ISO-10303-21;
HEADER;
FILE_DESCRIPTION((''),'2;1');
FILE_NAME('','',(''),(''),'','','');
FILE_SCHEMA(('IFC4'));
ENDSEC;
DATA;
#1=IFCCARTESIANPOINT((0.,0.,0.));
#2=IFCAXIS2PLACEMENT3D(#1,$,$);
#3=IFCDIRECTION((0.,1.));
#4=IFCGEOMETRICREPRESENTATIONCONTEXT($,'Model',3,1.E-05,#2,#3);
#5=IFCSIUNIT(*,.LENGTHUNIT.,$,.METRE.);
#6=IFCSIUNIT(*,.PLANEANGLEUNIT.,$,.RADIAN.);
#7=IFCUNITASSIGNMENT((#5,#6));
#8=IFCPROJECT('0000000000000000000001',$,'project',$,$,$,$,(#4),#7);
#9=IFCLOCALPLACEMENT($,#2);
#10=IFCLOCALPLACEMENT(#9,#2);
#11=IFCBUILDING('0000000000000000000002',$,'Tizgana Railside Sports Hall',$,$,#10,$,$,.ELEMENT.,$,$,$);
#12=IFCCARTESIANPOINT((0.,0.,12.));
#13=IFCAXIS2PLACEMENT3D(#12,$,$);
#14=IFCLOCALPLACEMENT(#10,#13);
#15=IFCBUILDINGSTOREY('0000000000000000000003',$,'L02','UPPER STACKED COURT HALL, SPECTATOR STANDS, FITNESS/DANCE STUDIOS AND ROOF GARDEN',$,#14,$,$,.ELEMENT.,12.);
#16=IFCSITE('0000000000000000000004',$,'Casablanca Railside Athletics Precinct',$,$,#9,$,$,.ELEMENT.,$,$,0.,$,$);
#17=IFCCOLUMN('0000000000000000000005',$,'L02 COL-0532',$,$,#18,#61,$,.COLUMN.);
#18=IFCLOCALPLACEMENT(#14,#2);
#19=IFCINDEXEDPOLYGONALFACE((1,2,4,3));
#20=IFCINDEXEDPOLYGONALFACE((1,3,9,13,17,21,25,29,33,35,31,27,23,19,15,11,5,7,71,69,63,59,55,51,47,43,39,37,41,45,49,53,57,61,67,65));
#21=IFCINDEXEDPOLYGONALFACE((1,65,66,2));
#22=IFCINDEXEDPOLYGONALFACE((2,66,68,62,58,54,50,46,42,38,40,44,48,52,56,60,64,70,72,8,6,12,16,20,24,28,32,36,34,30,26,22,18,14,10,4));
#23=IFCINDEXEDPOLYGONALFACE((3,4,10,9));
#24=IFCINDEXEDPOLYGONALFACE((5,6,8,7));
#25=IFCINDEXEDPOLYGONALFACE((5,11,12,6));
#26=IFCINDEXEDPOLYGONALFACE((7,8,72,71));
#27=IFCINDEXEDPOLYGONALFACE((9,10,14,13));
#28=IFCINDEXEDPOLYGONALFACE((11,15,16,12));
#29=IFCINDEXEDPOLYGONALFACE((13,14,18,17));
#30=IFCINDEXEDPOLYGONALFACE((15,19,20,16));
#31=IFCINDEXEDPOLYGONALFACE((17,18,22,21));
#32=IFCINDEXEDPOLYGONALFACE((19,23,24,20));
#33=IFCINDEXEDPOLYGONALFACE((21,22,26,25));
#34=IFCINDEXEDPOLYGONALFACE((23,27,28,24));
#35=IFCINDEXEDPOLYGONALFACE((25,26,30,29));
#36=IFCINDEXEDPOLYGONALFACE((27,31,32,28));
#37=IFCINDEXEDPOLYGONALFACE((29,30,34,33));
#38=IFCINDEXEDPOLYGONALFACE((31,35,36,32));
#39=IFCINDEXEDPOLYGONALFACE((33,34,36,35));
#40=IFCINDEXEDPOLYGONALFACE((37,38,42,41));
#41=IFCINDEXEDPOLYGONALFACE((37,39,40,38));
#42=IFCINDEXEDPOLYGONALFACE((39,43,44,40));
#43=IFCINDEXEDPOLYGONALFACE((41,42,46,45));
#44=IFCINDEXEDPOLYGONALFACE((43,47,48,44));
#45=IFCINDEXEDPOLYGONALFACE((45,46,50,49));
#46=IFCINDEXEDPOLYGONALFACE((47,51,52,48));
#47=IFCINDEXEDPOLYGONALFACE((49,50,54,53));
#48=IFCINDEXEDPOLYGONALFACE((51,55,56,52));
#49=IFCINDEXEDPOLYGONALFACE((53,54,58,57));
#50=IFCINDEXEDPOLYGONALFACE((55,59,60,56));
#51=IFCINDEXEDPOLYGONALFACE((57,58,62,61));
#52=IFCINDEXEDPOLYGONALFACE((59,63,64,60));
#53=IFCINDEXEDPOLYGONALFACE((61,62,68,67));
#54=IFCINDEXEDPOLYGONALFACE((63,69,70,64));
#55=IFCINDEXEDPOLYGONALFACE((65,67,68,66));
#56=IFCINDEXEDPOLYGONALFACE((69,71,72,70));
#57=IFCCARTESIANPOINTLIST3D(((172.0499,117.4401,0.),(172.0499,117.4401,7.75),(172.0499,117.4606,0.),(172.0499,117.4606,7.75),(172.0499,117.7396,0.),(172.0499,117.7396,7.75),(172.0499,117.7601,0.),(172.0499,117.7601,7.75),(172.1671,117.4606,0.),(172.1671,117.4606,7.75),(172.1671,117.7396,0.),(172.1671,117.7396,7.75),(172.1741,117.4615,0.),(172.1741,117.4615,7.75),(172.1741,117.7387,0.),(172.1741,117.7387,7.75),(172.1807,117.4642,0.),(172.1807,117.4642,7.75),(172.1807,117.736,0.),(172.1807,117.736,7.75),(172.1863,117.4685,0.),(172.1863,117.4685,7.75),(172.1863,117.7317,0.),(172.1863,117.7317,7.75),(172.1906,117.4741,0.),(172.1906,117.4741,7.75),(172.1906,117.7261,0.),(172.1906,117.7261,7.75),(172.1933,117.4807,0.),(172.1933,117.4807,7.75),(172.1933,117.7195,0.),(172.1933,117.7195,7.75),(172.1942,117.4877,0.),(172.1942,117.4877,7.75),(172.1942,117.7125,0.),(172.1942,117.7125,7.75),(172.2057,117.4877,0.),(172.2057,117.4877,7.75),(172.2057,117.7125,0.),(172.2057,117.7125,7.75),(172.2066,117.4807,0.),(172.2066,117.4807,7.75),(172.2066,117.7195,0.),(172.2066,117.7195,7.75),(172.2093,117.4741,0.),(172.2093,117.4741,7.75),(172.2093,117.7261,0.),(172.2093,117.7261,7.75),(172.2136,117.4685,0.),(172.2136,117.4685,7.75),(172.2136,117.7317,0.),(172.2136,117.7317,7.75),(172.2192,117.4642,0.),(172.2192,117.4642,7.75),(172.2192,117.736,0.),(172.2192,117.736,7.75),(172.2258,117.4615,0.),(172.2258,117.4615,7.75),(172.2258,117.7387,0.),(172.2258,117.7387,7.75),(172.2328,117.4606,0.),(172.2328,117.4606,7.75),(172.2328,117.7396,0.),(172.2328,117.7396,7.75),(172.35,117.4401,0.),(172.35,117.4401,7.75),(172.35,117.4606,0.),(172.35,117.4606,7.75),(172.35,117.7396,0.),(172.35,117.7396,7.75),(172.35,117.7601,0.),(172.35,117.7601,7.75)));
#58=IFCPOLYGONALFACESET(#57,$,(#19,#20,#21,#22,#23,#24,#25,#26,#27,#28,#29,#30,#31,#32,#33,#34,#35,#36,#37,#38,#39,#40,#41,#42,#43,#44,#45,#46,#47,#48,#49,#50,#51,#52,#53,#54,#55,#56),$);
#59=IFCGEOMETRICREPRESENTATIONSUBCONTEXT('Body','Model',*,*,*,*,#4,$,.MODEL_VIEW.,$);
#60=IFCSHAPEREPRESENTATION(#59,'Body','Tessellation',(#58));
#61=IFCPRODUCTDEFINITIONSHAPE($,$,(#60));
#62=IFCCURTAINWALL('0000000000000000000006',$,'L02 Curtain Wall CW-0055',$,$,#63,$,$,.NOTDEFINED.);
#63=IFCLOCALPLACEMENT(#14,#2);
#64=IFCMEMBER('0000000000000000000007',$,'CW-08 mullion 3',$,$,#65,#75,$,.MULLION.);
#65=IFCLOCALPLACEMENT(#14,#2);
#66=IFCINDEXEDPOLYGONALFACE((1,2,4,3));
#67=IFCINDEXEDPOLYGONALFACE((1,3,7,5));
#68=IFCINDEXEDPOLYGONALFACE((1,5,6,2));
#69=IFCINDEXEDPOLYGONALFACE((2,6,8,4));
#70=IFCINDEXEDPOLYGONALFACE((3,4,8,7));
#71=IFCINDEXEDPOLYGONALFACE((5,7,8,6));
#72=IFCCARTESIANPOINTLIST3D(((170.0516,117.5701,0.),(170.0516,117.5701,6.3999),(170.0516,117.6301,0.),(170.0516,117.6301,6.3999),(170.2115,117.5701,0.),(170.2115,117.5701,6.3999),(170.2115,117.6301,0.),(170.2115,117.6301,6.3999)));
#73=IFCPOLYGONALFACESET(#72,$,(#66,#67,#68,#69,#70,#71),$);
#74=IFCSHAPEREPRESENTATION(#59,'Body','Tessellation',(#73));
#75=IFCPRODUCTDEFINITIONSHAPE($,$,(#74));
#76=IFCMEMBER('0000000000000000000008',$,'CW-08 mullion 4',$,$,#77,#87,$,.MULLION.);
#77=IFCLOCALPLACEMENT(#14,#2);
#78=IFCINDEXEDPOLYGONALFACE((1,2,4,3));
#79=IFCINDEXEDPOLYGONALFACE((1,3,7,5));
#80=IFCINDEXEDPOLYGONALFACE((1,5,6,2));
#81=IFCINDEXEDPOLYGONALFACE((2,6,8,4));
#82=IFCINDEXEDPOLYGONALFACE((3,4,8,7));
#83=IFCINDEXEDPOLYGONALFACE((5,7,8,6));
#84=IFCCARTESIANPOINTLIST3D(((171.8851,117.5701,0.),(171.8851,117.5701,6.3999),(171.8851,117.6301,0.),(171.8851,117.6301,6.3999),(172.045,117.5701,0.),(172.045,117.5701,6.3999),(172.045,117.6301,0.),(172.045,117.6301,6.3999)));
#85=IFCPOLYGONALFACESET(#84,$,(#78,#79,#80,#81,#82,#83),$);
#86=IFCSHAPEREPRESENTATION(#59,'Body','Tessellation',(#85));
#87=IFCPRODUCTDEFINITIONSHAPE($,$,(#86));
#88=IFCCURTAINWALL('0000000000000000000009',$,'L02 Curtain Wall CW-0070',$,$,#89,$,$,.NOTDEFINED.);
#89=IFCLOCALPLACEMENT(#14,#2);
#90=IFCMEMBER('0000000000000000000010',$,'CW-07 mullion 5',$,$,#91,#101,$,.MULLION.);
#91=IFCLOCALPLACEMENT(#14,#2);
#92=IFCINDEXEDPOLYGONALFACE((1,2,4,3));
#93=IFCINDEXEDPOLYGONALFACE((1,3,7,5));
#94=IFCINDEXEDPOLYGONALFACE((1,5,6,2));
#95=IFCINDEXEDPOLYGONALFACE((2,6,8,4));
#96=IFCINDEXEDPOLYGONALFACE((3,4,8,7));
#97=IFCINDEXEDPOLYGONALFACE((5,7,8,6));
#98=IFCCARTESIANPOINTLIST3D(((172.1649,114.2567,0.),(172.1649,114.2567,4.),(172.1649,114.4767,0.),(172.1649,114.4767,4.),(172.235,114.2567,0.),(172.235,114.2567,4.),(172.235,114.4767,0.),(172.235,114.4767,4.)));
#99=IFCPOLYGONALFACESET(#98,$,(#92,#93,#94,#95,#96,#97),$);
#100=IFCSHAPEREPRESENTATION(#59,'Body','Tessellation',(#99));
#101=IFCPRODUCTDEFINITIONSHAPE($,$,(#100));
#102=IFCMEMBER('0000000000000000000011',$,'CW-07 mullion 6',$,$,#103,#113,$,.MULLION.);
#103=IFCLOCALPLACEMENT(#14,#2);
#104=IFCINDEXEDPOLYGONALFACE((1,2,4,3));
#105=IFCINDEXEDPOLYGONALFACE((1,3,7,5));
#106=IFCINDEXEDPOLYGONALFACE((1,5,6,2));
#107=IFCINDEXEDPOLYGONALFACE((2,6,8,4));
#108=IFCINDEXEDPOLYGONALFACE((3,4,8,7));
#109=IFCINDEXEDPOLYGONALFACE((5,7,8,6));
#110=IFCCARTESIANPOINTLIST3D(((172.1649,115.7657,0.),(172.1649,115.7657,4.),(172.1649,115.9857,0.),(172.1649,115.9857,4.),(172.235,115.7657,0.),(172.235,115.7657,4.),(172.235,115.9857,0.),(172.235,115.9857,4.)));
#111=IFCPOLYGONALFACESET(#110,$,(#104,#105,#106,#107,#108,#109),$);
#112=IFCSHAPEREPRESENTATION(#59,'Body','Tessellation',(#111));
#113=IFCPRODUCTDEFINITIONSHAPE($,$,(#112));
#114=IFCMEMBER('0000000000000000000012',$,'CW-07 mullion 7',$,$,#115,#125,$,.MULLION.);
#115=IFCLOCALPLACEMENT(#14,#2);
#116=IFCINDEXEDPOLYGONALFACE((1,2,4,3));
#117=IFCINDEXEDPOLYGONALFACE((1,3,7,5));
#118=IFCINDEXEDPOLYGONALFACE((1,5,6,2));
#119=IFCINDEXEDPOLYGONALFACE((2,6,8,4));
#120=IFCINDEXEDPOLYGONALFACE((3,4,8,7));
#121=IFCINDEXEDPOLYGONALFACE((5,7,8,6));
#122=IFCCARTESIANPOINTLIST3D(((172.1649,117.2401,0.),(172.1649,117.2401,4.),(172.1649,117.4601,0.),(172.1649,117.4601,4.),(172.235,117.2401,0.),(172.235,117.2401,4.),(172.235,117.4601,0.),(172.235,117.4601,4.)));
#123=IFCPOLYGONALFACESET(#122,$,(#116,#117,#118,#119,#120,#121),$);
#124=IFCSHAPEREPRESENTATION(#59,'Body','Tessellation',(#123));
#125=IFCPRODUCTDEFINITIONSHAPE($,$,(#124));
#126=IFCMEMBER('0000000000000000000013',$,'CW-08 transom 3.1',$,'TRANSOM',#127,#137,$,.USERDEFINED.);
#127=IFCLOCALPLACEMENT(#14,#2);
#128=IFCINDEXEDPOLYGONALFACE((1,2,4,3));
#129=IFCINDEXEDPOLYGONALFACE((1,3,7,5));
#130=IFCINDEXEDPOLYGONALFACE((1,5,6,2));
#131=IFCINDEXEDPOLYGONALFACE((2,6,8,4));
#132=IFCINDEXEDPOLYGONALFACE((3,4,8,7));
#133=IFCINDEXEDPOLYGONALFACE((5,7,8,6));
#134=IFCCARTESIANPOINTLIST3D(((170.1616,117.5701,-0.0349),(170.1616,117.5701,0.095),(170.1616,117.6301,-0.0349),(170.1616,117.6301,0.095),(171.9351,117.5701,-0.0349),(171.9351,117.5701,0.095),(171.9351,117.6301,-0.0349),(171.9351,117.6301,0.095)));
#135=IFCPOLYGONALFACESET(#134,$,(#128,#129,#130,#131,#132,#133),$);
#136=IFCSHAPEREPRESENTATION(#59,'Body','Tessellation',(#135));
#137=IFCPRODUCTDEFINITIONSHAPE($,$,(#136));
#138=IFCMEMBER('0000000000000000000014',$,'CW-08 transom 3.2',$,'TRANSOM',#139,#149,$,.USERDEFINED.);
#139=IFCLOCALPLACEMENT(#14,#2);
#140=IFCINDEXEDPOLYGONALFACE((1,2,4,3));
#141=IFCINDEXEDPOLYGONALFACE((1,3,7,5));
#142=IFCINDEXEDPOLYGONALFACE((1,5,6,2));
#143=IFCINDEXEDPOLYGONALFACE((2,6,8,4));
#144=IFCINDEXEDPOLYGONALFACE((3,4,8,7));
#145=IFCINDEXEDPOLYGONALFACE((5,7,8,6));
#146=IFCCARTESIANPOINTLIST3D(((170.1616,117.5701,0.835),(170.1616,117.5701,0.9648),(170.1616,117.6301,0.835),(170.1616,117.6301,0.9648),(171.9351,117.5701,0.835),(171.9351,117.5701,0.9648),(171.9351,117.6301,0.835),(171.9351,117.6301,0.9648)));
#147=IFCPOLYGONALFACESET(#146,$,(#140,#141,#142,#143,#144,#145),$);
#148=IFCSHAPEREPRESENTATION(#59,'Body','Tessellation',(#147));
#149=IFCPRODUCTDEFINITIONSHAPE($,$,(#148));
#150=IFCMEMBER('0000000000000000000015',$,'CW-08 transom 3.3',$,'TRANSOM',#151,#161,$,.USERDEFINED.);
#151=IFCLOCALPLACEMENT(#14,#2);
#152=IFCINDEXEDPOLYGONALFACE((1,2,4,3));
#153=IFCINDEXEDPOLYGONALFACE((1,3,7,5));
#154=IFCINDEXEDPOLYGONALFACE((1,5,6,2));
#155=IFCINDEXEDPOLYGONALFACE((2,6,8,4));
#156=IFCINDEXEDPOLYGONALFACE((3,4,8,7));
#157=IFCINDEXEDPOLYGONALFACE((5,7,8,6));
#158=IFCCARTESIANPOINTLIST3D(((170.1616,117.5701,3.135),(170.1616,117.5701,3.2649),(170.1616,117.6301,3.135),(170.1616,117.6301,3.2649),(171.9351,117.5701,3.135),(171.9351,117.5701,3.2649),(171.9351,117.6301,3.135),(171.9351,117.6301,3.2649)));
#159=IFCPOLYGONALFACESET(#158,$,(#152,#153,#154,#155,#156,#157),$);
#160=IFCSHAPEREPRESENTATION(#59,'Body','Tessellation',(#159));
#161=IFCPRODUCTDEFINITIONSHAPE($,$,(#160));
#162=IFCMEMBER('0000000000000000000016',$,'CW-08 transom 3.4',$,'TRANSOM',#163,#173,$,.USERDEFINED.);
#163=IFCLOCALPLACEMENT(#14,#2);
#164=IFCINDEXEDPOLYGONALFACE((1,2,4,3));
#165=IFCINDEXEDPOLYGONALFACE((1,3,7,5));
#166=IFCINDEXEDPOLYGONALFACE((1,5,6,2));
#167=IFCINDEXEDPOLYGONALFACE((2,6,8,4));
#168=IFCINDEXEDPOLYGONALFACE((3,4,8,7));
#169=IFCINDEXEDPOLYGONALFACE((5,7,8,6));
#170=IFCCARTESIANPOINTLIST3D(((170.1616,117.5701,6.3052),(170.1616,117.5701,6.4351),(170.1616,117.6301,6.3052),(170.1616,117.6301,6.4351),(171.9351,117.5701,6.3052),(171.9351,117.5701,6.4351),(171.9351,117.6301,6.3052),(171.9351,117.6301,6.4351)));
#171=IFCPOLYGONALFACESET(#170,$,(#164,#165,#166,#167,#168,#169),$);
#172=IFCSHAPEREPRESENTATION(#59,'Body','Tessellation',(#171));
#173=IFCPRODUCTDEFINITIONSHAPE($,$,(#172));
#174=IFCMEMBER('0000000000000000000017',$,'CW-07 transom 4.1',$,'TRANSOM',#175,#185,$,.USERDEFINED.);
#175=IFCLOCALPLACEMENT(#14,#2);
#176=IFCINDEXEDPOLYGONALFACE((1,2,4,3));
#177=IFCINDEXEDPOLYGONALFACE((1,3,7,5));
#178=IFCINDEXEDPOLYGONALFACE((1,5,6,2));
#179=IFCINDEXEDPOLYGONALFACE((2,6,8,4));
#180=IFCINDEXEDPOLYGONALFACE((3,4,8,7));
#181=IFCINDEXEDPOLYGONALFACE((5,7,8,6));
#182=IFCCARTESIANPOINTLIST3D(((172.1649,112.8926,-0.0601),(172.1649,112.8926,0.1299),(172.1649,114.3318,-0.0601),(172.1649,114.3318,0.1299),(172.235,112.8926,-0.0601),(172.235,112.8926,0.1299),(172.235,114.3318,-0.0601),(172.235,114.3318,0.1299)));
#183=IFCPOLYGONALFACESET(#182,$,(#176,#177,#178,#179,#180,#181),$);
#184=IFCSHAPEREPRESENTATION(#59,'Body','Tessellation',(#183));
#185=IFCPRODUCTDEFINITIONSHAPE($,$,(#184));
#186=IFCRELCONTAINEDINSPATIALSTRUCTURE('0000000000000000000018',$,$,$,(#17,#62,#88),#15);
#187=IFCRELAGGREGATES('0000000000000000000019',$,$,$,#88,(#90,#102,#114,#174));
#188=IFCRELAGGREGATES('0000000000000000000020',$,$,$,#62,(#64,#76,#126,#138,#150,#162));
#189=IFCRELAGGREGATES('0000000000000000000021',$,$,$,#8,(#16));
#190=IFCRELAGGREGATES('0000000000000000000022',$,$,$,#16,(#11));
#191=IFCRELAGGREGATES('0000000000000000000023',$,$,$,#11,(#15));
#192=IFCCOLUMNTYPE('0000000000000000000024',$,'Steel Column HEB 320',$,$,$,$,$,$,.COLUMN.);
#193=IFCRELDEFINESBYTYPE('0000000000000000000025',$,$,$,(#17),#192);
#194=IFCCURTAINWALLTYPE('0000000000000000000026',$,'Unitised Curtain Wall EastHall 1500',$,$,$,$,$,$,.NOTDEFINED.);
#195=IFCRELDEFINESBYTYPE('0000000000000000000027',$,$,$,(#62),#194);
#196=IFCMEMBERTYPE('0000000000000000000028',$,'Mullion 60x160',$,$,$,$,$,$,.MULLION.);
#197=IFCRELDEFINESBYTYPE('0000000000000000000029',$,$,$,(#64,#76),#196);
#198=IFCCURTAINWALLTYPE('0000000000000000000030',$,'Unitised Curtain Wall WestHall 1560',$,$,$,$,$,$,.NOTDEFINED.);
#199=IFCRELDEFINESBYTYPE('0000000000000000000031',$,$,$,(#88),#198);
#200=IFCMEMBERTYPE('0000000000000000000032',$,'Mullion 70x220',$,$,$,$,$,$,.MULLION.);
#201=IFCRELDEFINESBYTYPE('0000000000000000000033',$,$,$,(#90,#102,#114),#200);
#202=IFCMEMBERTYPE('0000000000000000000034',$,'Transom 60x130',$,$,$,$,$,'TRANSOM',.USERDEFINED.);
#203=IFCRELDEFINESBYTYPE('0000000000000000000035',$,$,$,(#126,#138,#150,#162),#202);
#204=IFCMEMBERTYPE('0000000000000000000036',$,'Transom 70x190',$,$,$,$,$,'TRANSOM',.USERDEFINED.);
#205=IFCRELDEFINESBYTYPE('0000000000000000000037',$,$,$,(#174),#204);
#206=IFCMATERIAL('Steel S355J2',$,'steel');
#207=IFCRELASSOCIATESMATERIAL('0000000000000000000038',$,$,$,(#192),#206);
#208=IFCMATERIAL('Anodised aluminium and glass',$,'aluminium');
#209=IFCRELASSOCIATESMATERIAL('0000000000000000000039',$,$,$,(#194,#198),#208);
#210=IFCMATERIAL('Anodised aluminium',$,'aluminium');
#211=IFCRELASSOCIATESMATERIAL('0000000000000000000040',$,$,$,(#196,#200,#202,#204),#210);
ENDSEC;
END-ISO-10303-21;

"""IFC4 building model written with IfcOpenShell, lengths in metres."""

from ifc_helpers import new_model, si_unit, direction, frame, origin, origin_2d, place, context, subcontext, project, spatial, rectangle, i_section, extrude, material, material_profile, profile_set, type_object, element, aggregate, save


model = new_model("IFC4")

# Units and contexts
model_context = context("Model", 3, precision=1e-05, world=origin(), true_north=direction((0.0, 1.0)))
body_context = subcontext(model_context, "Body", "Model", "MODEL_VIEW")
ifc_project = project(units=[si_unit("LENGTHUNIT", "METRE"), si_unit("PLANEANGLEUNIT", "RADIAN")], contexts=[model_context])

# Site, building, storey
site_placement = place(None, origin())
site = spatial("IfcSite", under=ifc_project, at=site_placement, Name="Casablanca Railside Athletics Precinct", CompositionType="ELEMENT", RefElevation=0.0)
building_placement = place(site_placement, origin())
building = spatial("IfcBuilding", under=site, at=building_placement, Name="Tizgana Railside Sports Hall", CompositionType="ELEMENT")
storey_placement = place(building_placement, frame((0.0, 0.0, 12.0)))
storey = spatial("IfcBuildingStorey", under=building, at=storey_placement, Name="L02", Description="UPPER STACKED COURT HALL, SPECTATOR STANDS, FITNESS/DANCE STUDIOS AND ROOF GARDEN", CompositionType="ELEMENT", Elevation=12.0)

# Column
ifc_material_1 = material(Name="Steel S355J2", Category="steel")
ifc_material_profile_1 = material_profile(ifc_material_1, i_section(OverallWidth=0.3, OverallDepth=0.3201, WebThickness=0.0115, FlangeThickness=0.0205, FilletRadius=0.0271, at=origin_2d()), Name="HEB 320")
ifc_profile_set_1 = profile_set([ifc_material_profile_1], Name="Steel S355J2")
column_type = type_object("IfcColumnType", Name="Steel Column HEB 320", PredefinedType="COLUMN", material=ifc_profile_set_1)
column_placement = place(storey_placement, frame((172.2, 117.6001, 0.0), z_axis=(0.0, 0.0, 1.0), x_axis=(1.0, 0.0, 0.0)))
element("IfcColumn", 1, at=column_placement, inside=storey, type_object=column_type, Name="L02 COL-0532", PredefinedType="COLUMN", context=body_context, shape_type="SweptSolid", body=[
    extrude(i_section(OverallWidth=0.3, OverallDepth=0.3201, WebThickness=0.0115, FlangeThickness=0.0205, FilletRadius=0.0271, at=origin_2d()), origin(), (0.0, 0.0, 1.0), 7.75),
])

# Curtain walls, members
ifc_material_2 = material(Name="Anodised aluminium and glass", Category="aluminium")
curtain_wall_type_1 = type_object("IfcCurtainWallType", Name="Unitised Curtain Wall EastHall 1500", PredefinedType="NOTDEFINED", material=ifc_material_2)
curtain_wall_1_placement = place(storey_placement, origin())
curtain_wall_1 = element("IfcCurtainWall", 2, at=curtain_wall_1_placement, inside=storey, type_object=curtain_wall_type_1, Name="L02 Curtain Wall CW-0055", PredefinedType="NOTDEFINED")
ifc_material_3 = material(Name="Anodised aluminium", Category="aluminium")
ifc_material_profile_2 = material_profile(ifc_material_3, rectangle(XDim=0.0601, YDim=0.1599, at=origin_2d()), Name="Mullion 60x160")
ifc_profile_set_2 = profile_set([ifc_material_profile_2], Name="Anodised aluminium")
member_type_1 = type_object("IfcMemberType", Name="Mullion 60x160", PredefinedType="MULLION", material=ifc_profile_set_2)
member_1_placement = place(storey_placement, frame((170.1316, 117.6001, 0.0), z_axis=(0.0, 0.0, 1.0), x_axis=(0.0, 1.0, 0.0)))
member_1 = element("IfcMember", 3, at=member_1_placement, type_object=member_type_1, Name="CW-08 mullion 3", PredefinedType="MULLION", context=body_context, shape_type="SweptSolid", body=[
    extrude(rectangle(XDim=0.0601, YDim=0.1599, at=origin_2d()), origin(), (0.0, 0.0, 1.0), 6.3999),
])
member_2_placement = place(storey_placement, frame((171.9651, 117.6001, 0.0), z_axis=(0.0, 0.0, 1.0), x_axis=(0.0, 1.0, 0.0)))
member_2 = element("IfcMember", 4, at=member_2_placement, type_object=member_type_1, Name="CW-08 mullion 4", PredefinedType="MULLION", context=body_context, shape_type="SweptSolid", body=[
    extrude(rectangle(XDim=0.0601, YDim=0.1599, at=origin_2d()), origin(), (0.0, 0.0, 1.0), 6.3999),
])
curtain_wall_type_2 = type_object("IfcCurtainWallType", Name="Unitised Curtain Wall WestHall 1560", PredefinedType="NOTDEFINED", material=ifc_material_2)
curtain_wall_2_placement = place(storey_placement, origin())
curtain_wall_2 = element("IfcCurtainWall", 5, at=curtain_wall_2_placement, inside=storey, type_object=curtain_wall_type_2, Name="L02 Curtain Wall CW-0070", PredefinedType="NOTDEFINED")
ifc_material_profile_3 = material_profile(ifc_material_3, rectangle(XDim=0.0701, YDim=0.22, at=origin_2d()), Name="Mullion 70x220")
ifc_profile_set_3 = profile_set([ifc_material_profile_3], Name="Anodised aluminium")
member_type_2 = type_object("IfcMemberType", Name="Mullion 70x220", PredefinedType="MULLION", material=ifc_profile_set_3)
member_3_placement = place(storey_placement, frame((172.2, 114.3667, 0.0), z_axis=(0.0, 0.0, 1.0), x_axis=(-1.0, 0.0, 0.0)))
member_3 = element("IfcMember", 6, at=member_3_placement, type_object=member_type_2, Name="CW-07 mullion 5", PredefinedType="MULLION", context=body_context, shape_type="SweptSolid", body=[
    extrude(rectangle(XDim=0.0701, YDim=0.22, at=origin_2d()), origin(), (0.0, 0.0, 1.0), 4.0),
])
member_4_placement = place(storey_placement, frame((172.2, 115.8757, 0.0), z_axis=(0.0, 0.0, 1.0), x_axis=(-1.0, 0.0, 0.0)))
member_4 = element("IfcMember", 7, at=member_4_placement, type_object=member_type_2, Name="CW-07 mullion 6", PredefinedType="MULLION", context=body_context, shape_type="SweptSolid", body=[
    extrude(rectangle(XDim=0.0701, YDim=0.22, at=origin_2d()), origin(), (0.0, 0.0, 1.0), 4.0),
])
member_5_placement = place(storey_placement, frame((172.2, 117.3501, 0.0), z_axis=(0.0, 0.0, 1.0), x_axis=(-1.0, 0.0, 0.0)))
member_5 = element("IfcMember", 8, at=member_5_placement, type_object=member_type_2, Name="CW-07 mullion 7", PredefinedType="MULLION", context=body_context, shape_type="SweptSolid", body=[
    extrude(rectangle(XDim=0.0701, YDim=0.22, at=origin_2d()), origin(), (0.0, 0.0, 1.0), 4.0),
])

# Members
ifc_material_profile_4 = material_profile(ifc_material_3, rectangle(XDim=0.0601, YDim=0.1299, at=origin_2d()), Name="Transom 60x130")
ifc_profile_set_4 = profile_set([ifc_material_profile_4], Name="Anodised aluminium")
member_type_3 = type_object("IfcMemberType", Name="Transom 60x130", ElementType="TRANSOM", PredefinedType="USERDEFINED", material=ifc_profile_set_4)
member_6_placement = place(storey_placement, frame((170.1616, 117.6001, 0.03), z_axis=(1.0, 0.0, 0.0), x_axis=(0.0, 1.0, 0.0)))
member_6 = element("IfcMember", 9, at=member_6_placement, type_object=member_type_3, Name="CW-08 transom 3.1", ObjectType="TRANSOM", PredefinedType="USERDEFINED", context=body_context, shape_type="SweptSolid", body=[
    extrude(rectangle(XDim=0.0601, YDim=0.1299, at=origin_2d()), origin(), (0.0, 0.0, 1.0), 1.7734),
])
member_7_placement = place(storey_placement, frame((170.1616, 117.6001, 0.8999), z_axis=(1.0, 0.0, 0.0), x_axis=(0.0, 1.0, 0.0)))
member_7 = element("IfcMember", 10, at=member_7_placement, type_object=member_type_3, Name="CW-08 transom 3.2", ObjectType="TRANSOM", PredefinedType="USERDEFINED", context=body_context, shape_type="SweptSolid", body=[
    extrude(rectangle(XDim=0.0601, YDim=0.1299, at=origin_2d()), origin(), (0.0, 0.0, 1.0), 1.7734),
])
member_8_placement = place(storey_placement, frame((170.1616, 117.6001, 3.2), z_axis=(1.0, 0.0, 0.0), x_axis=(0.0, 1.0, 0.0)))
member_8 = element("IfcMember", 11, at=member_8_placement, type_object=member_type_3, Name="CW-08 transom 3.3", ObjectType="TRANSOM", PredefinedType="USERDEFINED", context=body_context, shape_type="SweptSolid", body=[
    extrude(rectangle(XDim=0.0601, YDim=0.1299, at=origin_2d()), origin(), (0.0, 0.0, 1.0), 1.7734),
])
member_9_placement = place(storey_placement, frame((170.1616, 117.6001, 6.3701), z_axis=(1.0, 0.0, 0.0), x_axis=(0.0, 1.0, 0.0)))
member_9 = element("IfcMember", 12, at=member_9_placement, type_object=member_type_3, Name="CW-08 transom 3.4", ObjectType="TRANSOM", PredefinedType="USERDEFINED", context=body_context, shape_type="SweptSolid", body=[
    extrude(rectangle(XDim=0.0601, YDim=0.1299, at=origin_2d()), origin(), (0.0, 0.0, 1.0), 1.7734),
])
ifc_material_profile_5 = material_profile(ifc_material_3, rectangle(XDim=0.0701, YDim=0.1899, at=origin_2d()), Name="Transom 70x190")
ifc_profile_set_5 = profile_set([ifc_material_profile_5], Name="Anodised aluminium")
member_type_4 = type_object("IfcMemberType", Name="Transom 70x190", ElementType="TRANSOM", PredefinedType="USERDEFINED", material=ifc_profile_set_5)
member_10_placement = place(storey_placement, frame((172.2, 112.8926, 0.0349), z_axis=(0.0, 1.0, 0.0), x_axis=(-1.0, 0.0, 0.0)))
member_10 = element("IfcMember", 13, at=member_10_placement, type_object=member_type_4, Name="CW-07 transom 4.1", ObjectType="TRANSOM", PredefinedType="USERDEFINED", context=body_context, shape_type="SweptSolid", body=[
    extrude(rectangle(XDim=0.0701, YDim=0.1899, at=origin_2d()), origin(), (0.0, 0.0, 1.0), 1.4392),
])

aggregate(curtain_wall_2, [member_3, member_4, member_5, member_10])
aggregate(curtain_wall_1, [member_1, member_2, member_6, member_7, member_8, member_9])

save(model, "model.ifc")
